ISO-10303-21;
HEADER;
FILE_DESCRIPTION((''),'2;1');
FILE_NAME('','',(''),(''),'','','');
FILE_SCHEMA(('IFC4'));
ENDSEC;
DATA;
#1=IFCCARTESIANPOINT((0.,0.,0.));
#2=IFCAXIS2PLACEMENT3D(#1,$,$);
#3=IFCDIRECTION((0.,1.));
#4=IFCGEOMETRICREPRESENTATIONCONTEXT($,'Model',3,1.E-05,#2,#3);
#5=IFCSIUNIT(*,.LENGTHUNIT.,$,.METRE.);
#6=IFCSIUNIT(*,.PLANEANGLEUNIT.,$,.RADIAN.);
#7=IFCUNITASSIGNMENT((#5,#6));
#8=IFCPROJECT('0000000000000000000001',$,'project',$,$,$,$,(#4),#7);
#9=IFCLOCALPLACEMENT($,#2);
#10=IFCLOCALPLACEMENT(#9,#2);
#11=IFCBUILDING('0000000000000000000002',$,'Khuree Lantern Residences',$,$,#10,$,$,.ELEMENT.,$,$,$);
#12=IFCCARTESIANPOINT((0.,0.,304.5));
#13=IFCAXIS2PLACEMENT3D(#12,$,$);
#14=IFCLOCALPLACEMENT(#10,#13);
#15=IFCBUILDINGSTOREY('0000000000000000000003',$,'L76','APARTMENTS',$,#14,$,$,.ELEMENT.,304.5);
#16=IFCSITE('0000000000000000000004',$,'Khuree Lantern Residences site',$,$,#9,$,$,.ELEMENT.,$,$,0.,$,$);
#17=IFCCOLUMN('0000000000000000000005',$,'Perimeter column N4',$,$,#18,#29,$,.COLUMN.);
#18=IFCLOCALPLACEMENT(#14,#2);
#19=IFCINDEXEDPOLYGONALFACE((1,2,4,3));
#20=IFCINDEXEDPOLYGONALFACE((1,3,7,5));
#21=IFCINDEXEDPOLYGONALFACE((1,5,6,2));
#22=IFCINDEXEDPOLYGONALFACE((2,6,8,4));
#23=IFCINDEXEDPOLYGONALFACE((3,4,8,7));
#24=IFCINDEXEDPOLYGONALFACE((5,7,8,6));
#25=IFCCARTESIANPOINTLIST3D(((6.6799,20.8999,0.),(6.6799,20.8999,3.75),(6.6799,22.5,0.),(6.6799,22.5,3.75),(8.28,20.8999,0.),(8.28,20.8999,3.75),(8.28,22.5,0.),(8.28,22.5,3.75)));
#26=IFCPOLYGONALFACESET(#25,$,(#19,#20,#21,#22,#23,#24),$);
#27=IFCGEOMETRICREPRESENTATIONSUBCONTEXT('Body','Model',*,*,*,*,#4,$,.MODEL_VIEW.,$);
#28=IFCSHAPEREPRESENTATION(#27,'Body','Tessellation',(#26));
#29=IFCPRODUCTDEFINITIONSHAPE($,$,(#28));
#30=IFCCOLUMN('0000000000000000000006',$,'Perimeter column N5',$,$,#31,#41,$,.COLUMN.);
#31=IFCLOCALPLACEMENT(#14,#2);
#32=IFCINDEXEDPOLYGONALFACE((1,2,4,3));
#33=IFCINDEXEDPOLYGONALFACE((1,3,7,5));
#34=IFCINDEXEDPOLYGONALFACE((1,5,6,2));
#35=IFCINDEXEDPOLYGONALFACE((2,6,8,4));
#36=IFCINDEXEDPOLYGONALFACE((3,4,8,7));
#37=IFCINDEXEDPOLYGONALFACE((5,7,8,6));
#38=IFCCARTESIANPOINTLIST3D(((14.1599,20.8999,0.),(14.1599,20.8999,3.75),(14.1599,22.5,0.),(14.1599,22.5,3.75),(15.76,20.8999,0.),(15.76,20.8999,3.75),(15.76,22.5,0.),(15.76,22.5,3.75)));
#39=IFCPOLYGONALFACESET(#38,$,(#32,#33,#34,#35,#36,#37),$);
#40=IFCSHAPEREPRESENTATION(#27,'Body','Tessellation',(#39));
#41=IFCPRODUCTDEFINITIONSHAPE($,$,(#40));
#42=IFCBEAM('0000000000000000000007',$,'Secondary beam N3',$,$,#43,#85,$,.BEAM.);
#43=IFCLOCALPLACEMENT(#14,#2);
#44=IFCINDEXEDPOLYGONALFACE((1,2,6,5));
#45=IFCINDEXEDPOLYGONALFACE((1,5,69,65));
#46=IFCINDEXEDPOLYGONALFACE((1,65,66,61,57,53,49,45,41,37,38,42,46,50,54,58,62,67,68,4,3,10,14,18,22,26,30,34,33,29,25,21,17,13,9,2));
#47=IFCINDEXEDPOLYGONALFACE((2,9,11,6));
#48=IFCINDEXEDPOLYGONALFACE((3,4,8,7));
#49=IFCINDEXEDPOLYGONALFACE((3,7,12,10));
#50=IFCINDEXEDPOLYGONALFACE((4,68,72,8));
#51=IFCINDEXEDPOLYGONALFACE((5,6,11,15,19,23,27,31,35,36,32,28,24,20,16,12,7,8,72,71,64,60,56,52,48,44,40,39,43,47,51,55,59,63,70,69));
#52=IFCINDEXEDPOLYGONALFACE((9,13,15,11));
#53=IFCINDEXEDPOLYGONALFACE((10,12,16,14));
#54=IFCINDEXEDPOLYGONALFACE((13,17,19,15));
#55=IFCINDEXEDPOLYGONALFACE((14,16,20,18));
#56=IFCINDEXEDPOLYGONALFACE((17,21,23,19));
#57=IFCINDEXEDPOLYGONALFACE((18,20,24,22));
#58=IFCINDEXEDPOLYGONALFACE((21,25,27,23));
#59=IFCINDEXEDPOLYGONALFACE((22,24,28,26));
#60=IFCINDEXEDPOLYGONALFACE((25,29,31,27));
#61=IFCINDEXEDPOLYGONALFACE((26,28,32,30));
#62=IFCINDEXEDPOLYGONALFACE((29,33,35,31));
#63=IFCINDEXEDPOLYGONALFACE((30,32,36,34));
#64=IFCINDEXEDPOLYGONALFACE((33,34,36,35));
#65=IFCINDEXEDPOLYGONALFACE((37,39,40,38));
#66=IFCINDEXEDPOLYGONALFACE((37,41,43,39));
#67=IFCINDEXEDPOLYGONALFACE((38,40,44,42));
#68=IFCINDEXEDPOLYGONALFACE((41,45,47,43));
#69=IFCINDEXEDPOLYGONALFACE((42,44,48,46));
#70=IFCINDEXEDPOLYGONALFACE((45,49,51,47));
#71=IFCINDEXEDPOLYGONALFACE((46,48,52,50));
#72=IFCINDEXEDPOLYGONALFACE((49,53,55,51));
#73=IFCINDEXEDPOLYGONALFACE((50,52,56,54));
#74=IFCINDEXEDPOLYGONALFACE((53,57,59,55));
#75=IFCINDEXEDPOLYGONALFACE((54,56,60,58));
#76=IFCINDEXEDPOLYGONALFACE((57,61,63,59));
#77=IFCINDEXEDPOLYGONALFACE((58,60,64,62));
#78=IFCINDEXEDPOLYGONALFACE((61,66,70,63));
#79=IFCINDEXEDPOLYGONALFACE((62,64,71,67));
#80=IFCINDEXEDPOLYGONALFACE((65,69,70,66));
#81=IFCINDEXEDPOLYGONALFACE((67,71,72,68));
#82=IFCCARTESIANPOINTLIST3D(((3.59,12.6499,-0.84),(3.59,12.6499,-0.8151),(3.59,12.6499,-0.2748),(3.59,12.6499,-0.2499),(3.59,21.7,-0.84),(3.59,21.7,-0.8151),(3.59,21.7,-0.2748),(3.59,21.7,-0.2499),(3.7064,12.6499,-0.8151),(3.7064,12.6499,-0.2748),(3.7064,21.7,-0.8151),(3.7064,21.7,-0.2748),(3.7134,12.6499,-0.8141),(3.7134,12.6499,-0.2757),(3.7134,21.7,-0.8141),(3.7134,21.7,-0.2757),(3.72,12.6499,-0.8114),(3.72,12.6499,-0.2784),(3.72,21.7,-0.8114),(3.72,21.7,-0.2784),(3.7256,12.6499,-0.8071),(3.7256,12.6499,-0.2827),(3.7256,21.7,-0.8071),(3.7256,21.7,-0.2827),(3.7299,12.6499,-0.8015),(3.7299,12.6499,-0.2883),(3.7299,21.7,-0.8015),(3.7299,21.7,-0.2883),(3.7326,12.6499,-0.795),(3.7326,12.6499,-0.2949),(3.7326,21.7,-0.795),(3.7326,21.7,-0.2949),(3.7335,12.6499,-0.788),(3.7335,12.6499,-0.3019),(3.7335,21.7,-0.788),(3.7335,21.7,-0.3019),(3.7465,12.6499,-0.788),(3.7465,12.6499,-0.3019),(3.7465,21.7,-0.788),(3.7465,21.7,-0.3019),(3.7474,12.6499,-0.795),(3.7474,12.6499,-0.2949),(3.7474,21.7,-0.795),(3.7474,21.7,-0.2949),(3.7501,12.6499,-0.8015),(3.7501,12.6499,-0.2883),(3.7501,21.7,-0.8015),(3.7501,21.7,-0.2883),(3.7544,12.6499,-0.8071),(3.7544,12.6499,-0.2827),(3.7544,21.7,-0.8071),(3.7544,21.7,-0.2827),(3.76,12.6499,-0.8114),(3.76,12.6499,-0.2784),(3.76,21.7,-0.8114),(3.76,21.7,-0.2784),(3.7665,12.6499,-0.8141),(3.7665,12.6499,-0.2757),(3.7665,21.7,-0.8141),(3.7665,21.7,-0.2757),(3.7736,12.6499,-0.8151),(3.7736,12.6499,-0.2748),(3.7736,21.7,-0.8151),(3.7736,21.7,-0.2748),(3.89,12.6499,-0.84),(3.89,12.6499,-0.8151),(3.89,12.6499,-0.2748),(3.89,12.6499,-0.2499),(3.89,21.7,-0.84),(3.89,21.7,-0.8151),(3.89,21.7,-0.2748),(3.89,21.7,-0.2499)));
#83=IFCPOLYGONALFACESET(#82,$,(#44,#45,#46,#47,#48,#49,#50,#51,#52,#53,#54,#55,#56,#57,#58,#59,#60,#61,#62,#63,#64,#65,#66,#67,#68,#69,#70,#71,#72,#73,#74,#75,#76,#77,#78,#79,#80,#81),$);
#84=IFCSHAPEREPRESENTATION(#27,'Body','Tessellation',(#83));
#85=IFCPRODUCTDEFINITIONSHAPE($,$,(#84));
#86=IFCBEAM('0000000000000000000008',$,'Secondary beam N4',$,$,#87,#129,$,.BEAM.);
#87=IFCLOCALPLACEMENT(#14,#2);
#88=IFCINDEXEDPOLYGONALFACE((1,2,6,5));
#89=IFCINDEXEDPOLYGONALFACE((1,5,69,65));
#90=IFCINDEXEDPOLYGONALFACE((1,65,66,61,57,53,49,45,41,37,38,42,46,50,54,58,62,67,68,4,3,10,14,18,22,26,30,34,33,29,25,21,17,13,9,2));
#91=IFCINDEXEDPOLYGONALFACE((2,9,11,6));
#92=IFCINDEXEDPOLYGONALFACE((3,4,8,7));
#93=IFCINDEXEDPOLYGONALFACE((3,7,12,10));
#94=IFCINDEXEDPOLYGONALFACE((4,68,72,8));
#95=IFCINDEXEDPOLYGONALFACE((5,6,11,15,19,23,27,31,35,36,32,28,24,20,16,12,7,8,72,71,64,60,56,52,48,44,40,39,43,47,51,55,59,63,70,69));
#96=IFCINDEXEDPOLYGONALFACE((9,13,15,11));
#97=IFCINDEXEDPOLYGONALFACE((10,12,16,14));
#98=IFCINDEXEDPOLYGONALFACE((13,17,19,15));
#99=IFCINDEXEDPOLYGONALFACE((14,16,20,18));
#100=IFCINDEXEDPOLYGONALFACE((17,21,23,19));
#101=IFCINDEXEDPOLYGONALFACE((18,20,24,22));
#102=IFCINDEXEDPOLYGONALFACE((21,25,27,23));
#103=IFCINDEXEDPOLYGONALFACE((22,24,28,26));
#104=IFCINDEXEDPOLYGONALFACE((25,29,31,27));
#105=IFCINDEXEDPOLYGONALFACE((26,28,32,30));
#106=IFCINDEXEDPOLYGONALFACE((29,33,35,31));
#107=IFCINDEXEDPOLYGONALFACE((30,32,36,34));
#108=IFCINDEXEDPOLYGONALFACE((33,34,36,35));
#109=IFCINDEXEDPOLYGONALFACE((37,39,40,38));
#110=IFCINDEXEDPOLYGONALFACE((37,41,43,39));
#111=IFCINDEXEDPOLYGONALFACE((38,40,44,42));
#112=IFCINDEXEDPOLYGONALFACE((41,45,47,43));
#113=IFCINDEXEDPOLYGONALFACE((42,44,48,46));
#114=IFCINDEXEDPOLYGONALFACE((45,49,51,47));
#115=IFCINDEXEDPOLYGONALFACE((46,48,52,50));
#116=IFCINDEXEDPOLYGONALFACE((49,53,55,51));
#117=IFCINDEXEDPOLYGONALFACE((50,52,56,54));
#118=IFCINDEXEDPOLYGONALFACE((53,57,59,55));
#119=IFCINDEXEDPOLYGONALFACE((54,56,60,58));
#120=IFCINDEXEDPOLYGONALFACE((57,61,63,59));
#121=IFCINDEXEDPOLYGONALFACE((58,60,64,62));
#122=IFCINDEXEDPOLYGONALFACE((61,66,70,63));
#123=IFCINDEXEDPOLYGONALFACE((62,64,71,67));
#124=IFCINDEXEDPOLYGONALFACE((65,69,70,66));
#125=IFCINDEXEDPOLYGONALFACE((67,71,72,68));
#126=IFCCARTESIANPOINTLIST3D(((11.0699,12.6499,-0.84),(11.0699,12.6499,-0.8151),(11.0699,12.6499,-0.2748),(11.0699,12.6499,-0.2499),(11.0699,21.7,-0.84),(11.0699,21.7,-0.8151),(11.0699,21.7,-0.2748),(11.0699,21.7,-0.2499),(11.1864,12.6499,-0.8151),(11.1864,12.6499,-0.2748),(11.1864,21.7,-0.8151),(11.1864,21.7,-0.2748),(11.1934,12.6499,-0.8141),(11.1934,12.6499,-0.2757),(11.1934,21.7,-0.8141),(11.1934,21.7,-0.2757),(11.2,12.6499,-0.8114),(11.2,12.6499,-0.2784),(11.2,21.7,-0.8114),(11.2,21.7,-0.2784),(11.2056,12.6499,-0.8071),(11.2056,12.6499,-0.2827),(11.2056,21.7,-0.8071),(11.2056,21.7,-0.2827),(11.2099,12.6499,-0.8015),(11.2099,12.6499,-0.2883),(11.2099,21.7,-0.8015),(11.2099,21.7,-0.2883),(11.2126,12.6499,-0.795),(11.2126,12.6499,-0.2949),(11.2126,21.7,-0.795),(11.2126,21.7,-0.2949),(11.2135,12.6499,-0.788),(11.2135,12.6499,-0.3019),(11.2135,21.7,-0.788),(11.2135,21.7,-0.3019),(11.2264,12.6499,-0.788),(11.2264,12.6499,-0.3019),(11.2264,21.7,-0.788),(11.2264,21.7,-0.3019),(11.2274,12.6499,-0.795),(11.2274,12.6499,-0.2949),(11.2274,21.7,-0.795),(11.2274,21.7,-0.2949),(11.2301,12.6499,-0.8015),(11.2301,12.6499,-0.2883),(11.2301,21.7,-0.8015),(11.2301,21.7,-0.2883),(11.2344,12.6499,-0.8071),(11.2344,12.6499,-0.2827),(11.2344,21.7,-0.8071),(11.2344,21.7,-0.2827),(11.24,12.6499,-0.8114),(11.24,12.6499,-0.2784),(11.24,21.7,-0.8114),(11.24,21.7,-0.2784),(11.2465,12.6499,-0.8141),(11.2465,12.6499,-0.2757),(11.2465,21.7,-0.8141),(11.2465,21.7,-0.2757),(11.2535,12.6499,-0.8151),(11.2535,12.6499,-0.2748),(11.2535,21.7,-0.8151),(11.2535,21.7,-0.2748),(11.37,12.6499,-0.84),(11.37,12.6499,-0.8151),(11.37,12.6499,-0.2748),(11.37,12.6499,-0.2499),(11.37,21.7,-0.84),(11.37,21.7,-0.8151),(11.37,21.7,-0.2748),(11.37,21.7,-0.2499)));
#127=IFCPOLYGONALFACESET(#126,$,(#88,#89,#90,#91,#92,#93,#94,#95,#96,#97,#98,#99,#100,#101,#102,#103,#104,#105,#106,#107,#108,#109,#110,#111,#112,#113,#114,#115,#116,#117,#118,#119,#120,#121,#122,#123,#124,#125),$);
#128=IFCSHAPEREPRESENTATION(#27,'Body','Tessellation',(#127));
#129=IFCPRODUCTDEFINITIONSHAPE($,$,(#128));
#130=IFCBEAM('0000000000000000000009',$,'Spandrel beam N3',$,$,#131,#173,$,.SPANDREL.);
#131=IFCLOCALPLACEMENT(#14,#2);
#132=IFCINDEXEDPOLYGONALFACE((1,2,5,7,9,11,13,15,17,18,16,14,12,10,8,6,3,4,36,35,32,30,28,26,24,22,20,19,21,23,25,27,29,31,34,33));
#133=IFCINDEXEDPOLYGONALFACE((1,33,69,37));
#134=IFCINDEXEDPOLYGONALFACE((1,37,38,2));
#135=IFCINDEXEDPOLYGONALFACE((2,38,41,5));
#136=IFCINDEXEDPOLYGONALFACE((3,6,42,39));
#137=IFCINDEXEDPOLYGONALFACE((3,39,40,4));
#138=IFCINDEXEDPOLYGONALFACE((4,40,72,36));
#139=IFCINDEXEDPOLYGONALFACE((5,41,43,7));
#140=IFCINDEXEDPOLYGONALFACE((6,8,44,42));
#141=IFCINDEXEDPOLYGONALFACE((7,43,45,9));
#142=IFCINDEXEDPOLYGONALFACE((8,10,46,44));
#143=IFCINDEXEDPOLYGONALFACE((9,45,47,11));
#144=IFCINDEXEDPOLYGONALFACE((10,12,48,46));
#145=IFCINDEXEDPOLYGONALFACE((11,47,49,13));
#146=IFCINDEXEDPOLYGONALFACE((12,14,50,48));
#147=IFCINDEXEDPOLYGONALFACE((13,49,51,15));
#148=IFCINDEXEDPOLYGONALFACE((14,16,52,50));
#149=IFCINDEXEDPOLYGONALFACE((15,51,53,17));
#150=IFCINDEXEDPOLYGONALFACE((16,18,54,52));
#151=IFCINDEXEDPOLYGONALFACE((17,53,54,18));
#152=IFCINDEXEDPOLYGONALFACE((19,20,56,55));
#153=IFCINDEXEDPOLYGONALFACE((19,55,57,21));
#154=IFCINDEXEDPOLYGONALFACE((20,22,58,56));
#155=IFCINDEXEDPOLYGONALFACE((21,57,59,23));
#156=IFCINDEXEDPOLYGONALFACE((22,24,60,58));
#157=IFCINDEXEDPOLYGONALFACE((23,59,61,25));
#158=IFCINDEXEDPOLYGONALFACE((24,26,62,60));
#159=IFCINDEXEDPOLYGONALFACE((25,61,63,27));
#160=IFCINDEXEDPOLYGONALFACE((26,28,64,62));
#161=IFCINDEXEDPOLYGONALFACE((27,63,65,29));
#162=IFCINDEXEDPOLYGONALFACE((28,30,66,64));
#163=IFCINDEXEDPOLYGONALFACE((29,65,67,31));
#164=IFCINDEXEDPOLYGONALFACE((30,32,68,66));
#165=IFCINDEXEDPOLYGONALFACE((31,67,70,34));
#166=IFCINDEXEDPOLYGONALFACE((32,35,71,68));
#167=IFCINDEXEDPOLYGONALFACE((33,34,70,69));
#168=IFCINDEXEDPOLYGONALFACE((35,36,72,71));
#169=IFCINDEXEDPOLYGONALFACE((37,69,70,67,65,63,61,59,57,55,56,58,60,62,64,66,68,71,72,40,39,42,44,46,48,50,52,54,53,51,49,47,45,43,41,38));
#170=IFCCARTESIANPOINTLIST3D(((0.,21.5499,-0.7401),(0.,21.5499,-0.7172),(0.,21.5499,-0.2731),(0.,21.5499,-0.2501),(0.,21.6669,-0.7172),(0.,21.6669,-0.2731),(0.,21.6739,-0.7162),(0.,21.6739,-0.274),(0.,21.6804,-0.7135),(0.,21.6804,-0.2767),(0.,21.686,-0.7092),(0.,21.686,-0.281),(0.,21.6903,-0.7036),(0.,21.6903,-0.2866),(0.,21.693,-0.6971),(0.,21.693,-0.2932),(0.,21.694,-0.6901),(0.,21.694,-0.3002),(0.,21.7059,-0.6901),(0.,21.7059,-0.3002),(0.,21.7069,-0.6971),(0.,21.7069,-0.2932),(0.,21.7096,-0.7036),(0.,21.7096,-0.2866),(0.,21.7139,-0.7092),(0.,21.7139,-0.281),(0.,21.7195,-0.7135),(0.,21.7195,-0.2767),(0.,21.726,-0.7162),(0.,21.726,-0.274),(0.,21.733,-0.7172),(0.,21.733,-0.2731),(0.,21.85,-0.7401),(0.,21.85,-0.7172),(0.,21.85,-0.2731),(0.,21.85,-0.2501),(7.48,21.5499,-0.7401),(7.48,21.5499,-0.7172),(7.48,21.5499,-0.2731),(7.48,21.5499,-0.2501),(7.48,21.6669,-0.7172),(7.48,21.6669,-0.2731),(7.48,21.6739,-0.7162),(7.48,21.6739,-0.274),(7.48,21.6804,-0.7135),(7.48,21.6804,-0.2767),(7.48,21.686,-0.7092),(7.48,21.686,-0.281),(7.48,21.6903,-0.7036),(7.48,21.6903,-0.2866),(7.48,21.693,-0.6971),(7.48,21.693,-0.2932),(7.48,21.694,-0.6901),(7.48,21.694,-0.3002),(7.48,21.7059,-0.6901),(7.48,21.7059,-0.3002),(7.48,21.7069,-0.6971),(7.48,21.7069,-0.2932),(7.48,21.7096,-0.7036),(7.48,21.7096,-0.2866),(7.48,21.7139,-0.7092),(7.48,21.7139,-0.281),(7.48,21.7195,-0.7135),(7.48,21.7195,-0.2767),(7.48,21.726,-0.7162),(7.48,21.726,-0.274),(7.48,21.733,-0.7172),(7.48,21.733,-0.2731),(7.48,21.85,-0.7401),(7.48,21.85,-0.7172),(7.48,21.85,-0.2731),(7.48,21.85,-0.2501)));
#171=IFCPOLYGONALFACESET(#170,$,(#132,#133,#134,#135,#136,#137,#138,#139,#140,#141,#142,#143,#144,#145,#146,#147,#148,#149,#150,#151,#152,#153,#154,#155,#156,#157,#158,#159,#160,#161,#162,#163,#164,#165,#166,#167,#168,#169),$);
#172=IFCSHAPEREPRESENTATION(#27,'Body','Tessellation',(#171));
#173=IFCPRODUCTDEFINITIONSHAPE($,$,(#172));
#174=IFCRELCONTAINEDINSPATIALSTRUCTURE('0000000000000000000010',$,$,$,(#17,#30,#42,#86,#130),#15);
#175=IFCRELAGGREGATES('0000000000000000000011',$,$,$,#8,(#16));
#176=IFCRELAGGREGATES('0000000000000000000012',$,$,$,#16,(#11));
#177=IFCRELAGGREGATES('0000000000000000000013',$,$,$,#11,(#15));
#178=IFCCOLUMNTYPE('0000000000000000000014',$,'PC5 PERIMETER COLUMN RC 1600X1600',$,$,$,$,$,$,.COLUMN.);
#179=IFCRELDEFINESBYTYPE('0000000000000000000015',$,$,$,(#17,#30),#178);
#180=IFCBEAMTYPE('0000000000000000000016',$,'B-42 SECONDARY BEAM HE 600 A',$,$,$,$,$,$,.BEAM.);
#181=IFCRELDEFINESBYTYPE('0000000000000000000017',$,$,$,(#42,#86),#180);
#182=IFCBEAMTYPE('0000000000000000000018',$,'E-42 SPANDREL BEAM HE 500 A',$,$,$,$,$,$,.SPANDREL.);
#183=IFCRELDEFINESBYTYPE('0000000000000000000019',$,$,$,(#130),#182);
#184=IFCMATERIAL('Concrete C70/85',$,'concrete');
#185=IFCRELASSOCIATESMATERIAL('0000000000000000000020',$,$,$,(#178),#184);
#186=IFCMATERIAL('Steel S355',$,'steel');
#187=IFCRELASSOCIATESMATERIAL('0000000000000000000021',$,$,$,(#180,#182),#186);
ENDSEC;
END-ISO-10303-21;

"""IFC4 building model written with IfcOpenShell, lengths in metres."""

from ifc_helpers import new_model, si_unit, direction, frame, origin, origin_2d, place, context, subcontext, project, spatial, rectangle, i_section, extrude, material, material_profile, profile_set, type_object, element, save


model = new_model("IFC4")

# Units and contexts
model_context = context("Model", 3, precision=1e-05, world=origin(), true_north=direction((0.0, 1.0)))
body_context = subcontext(model_context, "Body", "Model", "MODEL_VIEW")
ifc_project = project(units=[si_unit("LENGTHUNIT", "METRE"), si_unit("PLANEANGLEUNIT", "RADIAN")], contexts=[model_context])

# Site, building, storey
site_placement = place(None, origin())
site = spatial("IfcSite", under=ifc_project, at=site_placement, Name="Khuree Lantern Residences site", CompositionType="ELEMENT", RefElevation=0.0)
building_placement = place(site_placement, origin())
building = spatial("IfcBuilding", under=site, at=building_placement, Name="Khuree Lantern Residences", CompositionType="ELEMENT")
storey_placement = place(building_placement, frame((0.0, 0.0, 304.5)))
storey = spatial("IfcBuildingStorey", under=building, at=storey_placement, Name="L76", Description="APARTMENTS", CompositionType="ELEMENT", Elevation=304.5)

# Columns
ifc_material_1 = material(Name="Concrete C70/85", Category="concrete")
ifc_material_profile_1 = material_profile(ifc_material_1, rectangle(XDim=1.6001, YDim=1.6001, at=origin_2d()), Name="RC 1600X1600")
ifc_profile_set_1 = profile_set([ifc_material_profile_1], Name="Concrete C70/85")
column_type = type_object("IfcColumnType", Name="PC5 PERIMETER COLUMN RC 1600X1600", PredefinedType="COLUMN", material=ifc_profile_set_1)
for number, where, z_axis, x_axis, name in (
    (1, (7.48, 21.7, 0.0), (0.0, 0.0, 1.0), (1.0, 0.0, 0.0), "Perimeter column N4"),
    (2, (14.96, 21.7, 0.0), (0.0, 0.0, 1.0), (1.0, 0.0, 0.0), "Perimeter column N5"),
):
    element("IfcColumn", number, at=place(storey_placement, frame(where, z_axis=z_axis, x_axis=x_axis)), inside=storey, type_object=column_type, Name=name, PredefinedType="COLUMN", context=body_context, shape_type="SweptSolid", body=[
        extrude(rectangle(XDim=1.6001, YDim=1.6001, at=origin_2d()), origin(), (0.0, 0.0, 1.0), 3.75),
    ])

# Beams
ifc_material_2 = material(Name="Steel S355", Category="steel")
ifc_material_profile_2 = material_profile(ifc_material_2, i_section(OverallWidth=0.3, OverallDepth=0.5901, WebThickness=0.0129, FlangeThickness=0.0249, FilletRadius=0.0271, at=origin_2d()), Name="HE 600 A")
ifc_profile_set_2 = profile_set([ifc_material_profile_2], Name="Steel S355")
beam_type_1 = type_object("IfcBeamType", Name="B-42 SECONDARY BEAM HE 600 A", PredefinedType="BEAM", material=ifc_profile_set_2)
for number, where, z_axis, x_axis, name in (
    (3, (3.74, 21.7, -0.5449), (0.0, -1.0, 0.0), (1.0, 0.0, 0.0), "Secondary beam N3"),
    (4, (11.22, 21.7, -0.5449), (0.0, -1.0, 0.0), (1.0, 0.0, 0.0), "Secondary beam N4"),
):
    element("IfcBeam", number, at=place(storey_placement, frame(where, z_axis=z_axis, x_axis=x_axis)), inside=storey, type_object=beam_type_1, Name=name, PredefinedType="BEAM", context=body_context, shape_type="SweptSolid", body=[
        extrude(i_section(OverallWidth=0.3, OverallDepth=0.5901, WebThickness=0.0129, FlangeThickness=0.0249, FilletRadius=0.0271, at=origin_2d()), origin(), (0.0, 0.0, 1.0), 9.05),
    ])
ifc_material_profile_3 = material_profile(ifc_material_2, i_section(OverallWidth=0.3, OverallDepth=0.49, WebThickness=0.012, FlangeThickness=0.0229, FilletRadius=0.0271, at=origin_2d()), Name="HE 500 A")
ifc_profile_set_3 = profile_set([ifc_material_profile_3], Name="Steel S355")
beam_type_2 = type_object("IfcBeamType", Name="E-42 SPANDREL BEAM HE 500 A", PredefinedType="SPANDREL", material=ifc_profile_set_3)
for number, where, z_axis, x_axis, name in (
    (5, (0.0, 21.7, -0.4951), (1.0, 0.0, 0.0), (0.0, 1.0, 0.0), "Spandrel beam N3"),
):
    element("IfcBeam", number, at=place(storey_placement, frame(where, z_axis=z_axis, x_axis=x_axis)), inside=storey, type_object=beam_type_2, Name=name, PredefinedType="SPANDREL", context=body_context, shape_type="SweptSolid", body=[
        extrude(i_section(OverallWidth=0.3, OverallDepth=0.49, WebThickness=0.012, FlangeThickness=0.0229, FilletRadius=0.0271, at=origin_2d()), origin(), (0.0, 0.0, 1.0), 7.48),
    ])

save(model, "model.ifc")
